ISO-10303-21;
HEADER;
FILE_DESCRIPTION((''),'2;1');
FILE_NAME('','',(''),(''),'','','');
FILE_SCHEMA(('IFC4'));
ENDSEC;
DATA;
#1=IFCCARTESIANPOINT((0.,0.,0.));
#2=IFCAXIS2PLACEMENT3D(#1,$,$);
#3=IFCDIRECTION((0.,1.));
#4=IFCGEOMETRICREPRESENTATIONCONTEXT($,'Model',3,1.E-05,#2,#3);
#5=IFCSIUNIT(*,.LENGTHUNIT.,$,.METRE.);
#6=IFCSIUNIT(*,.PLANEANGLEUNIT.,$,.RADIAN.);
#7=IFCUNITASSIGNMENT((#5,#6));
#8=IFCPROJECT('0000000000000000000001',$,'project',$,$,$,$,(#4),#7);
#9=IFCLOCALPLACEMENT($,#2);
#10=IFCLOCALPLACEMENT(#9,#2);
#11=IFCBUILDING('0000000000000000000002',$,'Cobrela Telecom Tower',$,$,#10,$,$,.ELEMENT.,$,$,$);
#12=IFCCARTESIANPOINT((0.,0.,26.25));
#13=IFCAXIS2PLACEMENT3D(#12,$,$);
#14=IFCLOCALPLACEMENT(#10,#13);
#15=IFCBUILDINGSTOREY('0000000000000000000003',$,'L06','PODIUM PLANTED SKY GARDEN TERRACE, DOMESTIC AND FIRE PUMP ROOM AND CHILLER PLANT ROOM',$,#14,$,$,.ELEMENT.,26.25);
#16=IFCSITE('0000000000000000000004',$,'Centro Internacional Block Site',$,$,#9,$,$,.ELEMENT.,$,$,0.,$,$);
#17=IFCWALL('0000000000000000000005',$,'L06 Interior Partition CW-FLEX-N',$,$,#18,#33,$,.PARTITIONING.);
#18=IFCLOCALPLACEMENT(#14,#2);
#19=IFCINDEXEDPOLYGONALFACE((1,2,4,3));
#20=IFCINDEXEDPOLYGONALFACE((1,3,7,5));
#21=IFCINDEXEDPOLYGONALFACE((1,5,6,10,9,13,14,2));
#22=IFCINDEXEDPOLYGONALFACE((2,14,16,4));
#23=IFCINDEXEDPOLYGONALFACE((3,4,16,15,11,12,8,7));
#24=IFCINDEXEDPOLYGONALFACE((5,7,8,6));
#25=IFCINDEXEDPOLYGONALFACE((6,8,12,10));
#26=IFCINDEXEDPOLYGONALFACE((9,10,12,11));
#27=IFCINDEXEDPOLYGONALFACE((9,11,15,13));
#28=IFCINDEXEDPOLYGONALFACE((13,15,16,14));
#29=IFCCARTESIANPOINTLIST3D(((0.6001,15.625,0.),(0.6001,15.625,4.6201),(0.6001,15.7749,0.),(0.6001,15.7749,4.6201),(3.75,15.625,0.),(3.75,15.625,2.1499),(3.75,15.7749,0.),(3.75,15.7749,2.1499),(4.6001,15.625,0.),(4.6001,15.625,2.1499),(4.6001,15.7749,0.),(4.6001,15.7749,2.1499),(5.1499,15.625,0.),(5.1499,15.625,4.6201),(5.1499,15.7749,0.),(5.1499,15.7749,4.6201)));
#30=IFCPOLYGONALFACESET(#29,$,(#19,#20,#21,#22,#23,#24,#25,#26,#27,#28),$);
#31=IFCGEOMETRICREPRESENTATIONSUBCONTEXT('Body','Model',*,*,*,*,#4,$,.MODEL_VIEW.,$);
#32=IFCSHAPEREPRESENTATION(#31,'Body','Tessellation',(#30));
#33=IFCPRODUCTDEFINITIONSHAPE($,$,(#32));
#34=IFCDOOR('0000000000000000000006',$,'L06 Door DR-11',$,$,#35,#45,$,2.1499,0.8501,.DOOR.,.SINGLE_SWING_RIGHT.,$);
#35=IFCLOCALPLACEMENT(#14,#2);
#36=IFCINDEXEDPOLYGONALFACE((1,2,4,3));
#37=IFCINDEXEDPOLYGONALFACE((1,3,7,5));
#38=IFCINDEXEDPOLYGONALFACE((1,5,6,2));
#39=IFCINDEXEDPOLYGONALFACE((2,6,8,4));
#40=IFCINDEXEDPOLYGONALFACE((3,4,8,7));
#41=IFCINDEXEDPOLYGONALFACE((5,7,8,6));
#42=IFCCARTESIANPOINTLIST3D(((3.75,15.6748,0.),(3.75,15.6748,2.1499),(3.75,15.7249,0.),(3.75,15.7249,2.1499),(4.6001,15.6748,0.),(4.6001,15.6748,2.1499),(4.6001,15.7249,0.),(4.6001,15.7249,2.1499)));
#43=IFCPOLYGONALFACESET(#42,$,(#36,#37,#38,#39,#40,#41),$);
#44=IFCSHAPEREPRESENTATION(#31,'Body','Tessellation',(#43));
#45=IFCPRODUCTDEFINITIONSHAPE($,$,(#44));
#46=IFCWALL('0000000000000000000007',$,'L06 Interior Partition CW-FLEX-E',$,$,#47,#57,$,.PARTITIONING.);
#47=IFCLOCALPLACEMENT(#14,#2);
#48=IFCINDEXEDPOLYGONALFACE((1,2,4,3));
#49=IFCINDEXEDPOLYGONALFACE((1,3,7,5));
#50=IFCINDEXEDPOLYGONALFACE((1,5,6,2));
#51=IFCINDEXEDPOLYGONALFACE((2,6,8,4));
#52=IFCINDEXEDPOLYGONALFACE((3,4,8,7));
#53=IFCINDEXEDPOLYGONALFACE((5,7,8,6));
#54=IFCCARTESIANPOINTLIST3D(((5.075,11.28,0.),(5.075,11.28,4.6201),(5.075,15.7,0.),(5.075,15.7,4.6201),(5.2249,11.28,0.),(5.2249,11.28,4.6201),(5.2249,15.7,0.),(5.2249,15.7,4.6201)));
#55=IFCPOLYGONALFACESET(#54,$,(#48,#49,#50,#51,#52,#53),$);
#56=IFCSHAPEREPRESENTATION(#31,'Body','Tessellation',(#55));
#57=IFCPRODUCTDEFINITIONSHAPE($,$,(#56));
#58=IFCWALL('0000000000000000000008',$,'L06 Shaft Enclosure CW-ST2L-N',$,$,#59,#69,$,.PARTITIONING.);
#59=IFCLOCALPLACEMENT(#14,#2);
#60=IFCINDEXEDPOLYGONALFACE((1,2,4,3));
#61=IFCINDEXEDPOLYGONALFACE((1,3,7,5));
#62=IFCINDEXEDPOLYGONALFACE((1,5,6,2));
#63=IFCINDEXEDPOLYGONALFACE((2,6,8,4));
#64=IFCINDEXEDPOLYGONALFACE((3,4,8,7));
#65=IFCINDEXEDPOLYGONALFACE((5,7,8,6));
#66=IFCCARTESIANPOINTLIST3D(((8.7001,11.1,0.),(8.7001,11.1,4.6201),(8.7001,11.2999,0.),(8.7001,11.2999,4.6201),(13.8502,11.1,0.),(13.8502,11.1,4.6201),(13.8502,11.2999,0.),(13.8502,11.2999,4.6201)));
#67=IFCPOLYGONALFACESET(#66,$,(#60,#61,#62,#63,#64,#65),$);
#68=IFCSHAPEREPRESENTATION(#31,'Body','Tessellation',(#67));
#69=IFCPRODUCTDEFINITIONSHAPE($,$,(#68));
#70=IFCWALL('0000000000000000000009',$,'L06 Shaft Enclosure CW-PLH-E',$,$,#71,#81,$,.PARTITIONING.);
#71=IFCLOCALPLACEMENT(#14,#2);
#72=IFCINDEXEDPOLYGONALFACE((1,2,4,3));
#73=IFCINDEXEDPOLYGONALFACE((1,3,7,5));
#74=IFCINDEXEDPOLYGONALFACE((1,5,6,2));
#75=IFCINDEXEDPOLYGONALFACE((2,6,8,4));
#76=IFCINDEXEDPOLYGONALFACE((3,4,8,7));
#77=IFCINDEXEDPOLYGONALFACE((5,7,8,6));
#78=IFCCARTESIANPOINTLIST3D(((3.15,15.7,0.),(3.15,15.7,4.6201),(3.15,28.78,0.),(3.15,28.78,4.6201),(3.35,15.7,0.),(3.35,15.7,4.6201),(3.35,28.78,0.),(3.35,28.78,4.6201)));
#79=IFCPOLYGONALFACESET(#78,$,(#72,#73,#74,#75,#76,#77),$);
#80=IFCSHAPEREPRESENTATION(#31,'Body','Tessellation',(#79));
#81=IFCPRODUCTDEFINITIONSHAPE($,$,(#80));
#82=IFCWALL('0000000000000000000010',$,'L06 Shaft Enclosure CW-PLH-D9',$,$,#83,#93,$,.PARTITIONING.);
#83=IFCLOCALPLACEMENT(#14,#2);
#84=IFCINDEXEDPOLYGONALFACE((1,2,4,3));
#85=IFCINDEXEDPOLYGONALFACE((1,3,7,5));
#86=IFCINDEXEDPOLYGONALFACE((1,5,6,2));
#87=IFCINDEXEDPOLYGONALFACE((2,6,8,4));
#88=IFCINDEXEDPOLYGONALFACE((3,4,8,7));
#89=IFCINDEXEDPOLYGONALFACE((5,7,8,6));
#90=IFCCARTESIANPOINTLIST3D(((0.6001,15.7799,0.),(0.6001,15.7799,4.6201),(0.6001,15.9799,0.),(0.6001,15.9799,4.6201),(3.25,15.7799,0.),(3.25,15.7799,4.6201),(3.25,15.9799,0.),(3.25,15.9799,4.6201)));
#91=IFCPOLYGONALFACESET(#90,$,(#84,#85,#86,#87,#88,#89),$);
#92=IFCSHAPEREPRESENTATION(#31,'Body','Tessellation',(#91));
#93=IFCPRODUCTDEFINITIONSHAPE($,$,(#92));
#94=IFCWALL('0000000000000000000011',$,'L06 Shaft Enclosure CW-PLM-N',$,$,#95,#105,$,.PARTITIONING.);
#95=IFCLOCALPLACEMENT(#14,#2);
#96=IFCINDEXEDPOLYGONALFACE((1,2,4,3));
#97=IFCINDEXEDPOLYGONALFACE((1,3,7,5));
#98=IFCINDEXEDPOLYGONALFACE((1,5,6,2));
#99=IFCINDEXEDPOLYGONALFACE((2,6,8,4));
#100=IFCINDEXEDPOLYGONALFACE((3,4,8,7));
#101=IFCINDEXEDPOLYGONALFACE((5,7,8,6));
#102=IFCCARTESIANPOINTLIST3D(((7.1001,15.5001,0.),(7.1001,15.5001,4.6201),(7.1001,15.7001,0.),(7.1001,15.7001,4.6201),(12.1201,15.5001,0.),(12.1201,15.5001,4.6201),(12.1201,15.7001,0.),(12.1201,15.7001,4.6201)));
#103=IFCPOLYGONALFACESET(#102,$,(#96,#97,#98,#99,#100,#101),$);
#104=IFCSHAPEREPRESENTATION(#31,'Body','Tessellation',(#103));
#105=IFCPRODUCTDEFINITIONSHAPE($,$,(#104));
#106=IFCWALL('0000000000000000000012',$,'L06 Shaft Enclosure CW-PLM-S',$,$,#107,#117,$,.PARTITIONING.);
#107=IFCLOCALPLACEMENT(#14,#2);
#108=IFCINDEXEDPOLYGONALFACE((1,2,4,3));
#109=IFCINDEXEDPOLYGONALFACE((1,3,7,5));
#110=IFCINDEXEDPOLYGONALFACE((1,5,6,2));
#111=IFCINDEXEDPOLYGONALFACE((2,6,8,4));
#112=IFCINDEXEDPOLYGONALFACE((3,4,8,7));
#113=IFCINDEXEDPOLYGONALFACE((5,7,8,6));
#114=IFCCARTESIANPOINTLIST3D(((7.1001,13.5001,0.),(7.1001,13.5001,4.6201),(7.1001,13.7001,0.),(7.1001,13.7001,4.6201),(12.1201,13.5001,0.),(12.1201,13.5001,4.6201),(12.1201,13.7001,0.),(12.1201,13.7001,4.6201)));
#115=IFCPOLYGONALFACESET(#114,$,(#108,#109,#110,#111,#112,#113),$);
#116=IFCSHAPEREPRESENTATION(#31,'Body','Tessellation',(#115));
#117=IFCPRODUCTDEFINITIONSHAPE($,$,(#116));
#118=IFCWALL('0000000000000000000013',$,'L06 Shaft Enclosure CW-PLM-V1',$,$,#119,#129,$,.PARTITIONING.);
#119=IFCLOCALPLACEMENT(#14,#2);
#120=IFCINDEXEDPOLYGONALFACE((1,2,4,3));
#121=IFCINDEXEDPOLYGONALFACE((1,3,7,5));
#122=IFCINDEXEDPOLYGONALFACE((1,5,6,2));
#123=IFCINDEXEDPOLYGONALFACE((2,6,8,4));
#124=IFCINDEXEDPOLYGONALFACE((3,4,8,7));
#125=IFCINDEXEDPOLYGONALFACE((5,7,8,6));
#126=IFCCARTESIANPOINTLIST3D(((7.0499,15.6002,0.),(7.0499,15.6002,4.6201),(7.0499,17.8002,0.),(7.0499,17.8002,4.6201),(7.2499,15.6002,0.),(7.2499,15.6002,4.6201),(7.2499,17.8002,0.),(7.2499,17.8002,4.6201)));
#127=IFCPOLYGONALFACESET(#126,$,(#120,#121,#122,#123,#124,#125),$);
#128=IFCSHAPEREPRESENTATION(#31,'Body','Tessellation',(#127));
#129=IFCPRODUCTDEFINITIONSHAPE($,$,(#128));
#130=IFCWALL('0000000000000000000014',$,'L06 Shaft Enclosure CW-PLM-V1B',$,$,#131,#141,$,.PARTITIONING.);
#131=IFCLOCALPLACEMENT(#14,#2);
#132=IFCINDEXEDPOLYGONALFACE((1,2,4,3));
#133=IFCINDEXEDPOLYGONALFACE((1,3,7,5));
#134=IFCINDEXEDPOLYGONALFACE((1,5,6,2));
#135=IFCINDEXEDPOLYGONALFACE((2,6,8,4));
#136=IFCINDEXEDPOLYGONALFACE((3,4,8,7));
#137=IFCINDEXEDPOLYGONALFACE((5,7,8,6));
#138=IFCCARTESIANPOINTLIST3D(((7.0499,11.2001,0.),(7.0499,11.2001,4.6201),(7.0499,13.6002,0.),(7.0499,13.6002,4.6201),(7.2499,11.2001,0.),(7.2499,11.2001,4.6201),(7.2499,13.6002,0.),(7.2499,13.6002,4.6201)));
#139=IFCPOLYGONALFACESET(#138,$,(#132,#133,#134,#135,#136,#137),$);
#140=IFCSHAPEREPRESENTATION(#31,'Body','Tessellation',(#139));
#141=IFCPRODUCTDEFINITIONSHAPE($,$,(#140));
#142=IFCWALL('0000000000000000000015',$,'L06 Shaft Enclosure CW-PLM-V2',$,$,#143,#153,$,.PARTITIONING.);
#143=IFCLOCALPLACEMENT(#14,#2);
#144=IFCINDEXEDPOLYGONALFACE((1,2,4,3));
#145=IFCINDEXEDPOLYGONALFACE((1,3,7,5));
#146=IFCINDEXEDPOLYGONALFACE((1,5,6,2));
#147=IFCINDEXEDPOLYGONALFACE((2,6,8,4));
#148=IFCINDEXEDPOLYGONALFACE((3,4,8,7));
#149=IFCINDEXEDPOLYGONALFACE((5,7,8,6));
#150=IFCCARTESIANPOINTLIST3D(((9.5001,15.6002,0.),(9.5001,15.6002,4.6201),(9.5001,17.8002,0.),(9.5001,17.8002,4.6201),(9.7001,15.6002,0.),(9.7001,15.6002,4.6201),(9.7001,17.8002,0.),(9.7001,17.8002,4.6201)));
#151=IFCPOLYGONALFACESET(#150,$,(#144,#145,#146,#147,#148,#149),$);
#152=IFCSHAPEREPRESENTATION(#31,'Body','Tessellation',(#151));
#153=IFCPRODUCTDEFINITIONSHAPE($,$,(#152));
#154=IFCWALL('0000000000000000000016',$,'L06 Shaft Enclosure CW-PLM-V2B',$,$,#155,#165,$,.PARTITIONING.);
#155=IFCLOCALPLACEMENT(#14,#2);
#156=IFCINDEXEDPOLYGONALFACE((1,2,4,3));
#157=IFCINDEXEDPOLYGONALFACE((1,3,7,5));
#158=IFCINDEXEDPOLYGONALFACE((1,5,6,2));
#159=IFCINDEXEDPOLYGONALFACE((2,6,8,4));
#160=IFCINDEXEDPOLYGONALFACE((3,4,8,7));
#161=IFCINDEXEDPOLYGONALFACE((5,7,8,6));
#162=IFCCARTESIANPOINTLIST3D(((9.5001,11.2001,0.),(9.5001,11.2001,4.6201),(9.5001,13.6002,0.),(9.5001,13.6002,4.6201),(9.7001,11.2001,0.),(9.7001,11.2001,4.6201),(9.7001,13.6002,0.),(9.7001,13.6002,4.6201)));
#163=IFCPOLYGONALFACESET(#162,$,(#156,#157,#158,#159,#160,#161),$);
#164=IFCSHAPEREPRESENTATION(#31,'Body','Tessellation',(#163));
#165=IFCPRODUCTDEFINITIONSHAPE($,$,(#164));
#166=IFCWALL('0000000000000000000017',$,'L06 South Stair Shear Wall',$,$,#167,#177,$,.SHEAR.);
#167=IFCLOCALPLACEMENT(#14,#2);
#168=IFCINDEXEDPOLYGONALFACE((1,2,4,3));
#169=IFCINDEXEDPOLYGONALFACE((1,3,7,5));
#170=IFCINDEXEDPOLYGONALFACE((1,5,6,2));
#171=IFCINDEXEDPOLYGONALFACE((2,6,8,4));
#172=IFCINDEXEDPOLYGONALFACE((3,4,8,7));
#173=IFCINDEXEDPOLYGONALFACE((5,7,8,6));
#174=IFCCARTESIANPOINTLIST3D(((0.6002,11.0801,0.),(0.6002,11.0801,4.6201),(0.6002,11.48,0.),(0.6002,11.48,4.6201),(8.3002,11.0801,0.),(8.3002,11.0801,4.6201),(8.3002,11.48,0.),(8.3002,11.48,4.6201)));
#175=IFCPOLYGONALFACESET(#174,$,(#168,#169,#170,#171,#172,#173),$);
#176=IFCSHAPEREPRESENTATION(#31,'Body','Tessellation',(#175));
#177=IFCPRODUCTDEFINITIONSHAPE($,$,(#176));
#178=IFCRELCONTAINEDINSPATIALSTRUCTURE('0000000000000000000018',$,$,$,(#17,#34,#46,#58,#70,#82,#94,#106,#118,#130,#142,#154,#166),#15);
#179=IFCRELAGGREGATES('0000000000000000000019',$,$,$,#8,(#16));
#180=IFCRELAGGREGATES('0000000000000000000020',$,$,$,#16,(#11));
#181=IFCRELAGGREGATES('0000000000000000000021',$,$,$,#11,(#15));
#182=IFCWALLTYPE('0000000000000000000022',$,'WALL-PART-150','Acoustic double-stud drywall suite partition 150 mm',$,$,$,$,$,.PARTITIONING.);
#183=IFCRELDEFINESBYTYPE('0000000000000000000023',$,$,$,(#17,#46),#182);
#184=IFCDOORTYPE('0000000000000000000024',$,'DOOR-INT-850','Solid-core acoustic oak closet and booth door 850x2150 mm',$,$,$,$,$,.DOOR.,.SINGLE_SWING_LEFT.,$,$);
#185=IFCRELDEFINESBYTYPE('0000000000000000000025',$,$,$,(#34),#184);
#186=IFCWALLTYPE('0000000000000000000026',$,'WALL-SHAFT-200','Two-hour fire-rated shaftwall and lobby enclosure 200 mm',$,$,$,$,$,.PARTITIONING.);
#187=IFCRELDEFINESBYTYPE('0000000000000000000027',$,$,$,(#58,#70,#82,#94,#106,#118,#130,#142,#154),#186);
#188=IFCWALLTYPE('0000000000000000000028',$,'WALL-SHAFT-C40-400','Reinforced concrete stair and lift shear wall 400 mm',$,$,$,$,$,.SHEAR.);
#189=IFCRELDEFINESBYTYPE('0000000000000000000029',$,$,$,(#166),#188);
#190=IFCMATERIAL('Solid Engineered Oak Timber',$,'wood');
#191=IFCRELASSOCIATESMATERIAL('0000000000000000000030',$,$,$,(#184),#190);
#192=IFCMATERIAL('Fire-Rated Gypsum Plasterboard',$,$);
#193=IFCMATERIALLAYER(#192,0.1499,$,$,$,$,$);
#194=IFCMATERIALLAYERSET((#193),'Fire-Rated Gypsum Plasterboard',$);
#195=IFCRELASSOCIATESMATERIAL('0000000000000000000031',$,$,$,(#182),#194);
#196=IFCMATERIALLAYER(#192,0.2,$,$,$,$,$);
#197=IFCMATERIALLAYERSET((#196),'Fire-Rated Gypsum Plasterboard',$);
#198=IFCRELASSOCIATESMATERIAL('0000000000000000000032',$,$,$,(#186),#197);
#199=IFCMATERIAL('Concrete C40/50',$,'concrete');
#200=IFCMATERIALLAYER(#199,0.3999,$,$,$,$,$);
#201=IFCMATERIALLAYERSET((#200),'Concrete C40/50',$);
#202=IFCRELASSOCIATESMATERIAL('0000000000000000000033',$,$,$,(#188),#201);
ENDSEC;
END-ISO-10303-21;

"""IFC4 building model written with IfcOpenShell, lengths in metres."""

from ifc_helpers import new_model, si_unit, direction, frame, frame_2d, origin, place, context, subcontext, project, spatial, rectangle, extrude, material, layer, layer_set, type_object, element, fill, save


model = new_model("IFC4")

# Units and contexts
model_context = context("Model", 3, precision=1e-05, world=origin(), true_north=direction((0.0, 1.0)))
body_context = subcontext(model_context, "Body", "Model", "MODEL_VIEW")
ifc_project = project(units=[si_unit("LENGTHUNIT", "METRE"), si_unit("PLANEANGLEUNIT", "RADIAN")], contexts=[model_context])

# Site, building, storey
site_placement = place(None, origin())
site = spatial("IfcSite", under=ifc_project, at=site_placement, Name="Centro Internacional Block Site", CompositionType="ELEMENT", RefElevation=0.0)
building_placement = place(site_placement, origin())
building = spatial("IfcBuilding", under=site, at=building_placement, Name="Cobrela Telecom Tower", CompositionType="ELEMENT")
storey_placement = place(building_placement, frame((0.0, 0.0, 26.25)))
storey = spatial("IfcBuildingStorey", under=building, at=storey_placement, Name="L06", Description="PODIUM PLANTED SKY GARDEN TERRACE, DOMESTIC AND FIRE PUMP ROOM AND CHILLER PLANT ROOM", CompositionType="ELEMENT", Elevation=26.25)

# Wall, opening, door
ifc_material_1 = material(Name="Fire-Rated Gypsum Plasterboard")
ifc_material_2 = material(Name="Solid Engineered Oak Timber", Category="wood")
door_type_1 = type_object("IfcDoorType", Name="DOOR-INT-850", Description="Solid-core acoustic oak closet and booth door 850x2150 mm", OperationType="SINGLE_SWING_LEFT", PredefinedType="DOOR", material=ifc_material_2)
ifc_layer_1 = layer(ifc_material_1, 0.1499)
ifc_layer_set_1 = layer_set([ifc_layer_1], Name="Fire-Rated Gypsum Plasterboard")
wall_type_1 = type_object("IfcWallType", Name="WALL-PART-150", Description="Acoustic double-stud drywall suite partition 150 mm", PredefinedType="PARTITIONING", material=ifc_layer_set_1)
wall_1_placement = place(storey_placement, frame((0.6001, 15.7, 0.0), z_axis=(0.0, 0.0, 1.0), x_axis=(1.0, 0.0, 0.0)))
wall_1 = element("IfcWall", 1, at=wall_1_placement, inside=storey, type_object=wall_type_1, Name="L06 Interior Partition CW-FLEX-N", PredefinedType="PARTITIONING", context=body_context, shape_type="SweptSolid", body=[
    extrude(rectangle(XDim=4.5498, YDim=0.1499, at=frame_2d((2.2749, 0.0))), origin(), (0.0, 0.0, 1.0), 4.6201),
])
opening_1_placement = place(wall_1_placement, frame((3.1499, 0.0, 0.0)))
opening_1 = element("IfcOpeningElement", 2, at=opening_1_placement, cuts=wall_1, PredefinedType="OPENING", context=body_context, shape_type="SweptSolid", body=[
    extrude(rectangle(XDim=0.8501, YDim=2.1499, at=frame_2d((0.425, 1.075))), frame((0.0, 0.0869, 0.0), z_axis=(0.0, -1.0, 0.0), x_axis=(1.0, 0.0, 0.0)), (0.0, 0.0, 1.0), 0.1738),
])
door_1_placement = place(opening_1_placement, origin())
door_1 = element("IfcDoor", 3, at=door_1_placement, inside=storey, type_object=door_type_1, Name="L06 Door DR-11", OperationType="SINGLE_SWING_RIGHT", OverallHeight=2.1499, OverallWidth=0.8501, PredefinedType="DOOR", context=body_context, shape_type="SweptSolid", body=[
    extrude(rectangle(XDim=0.8501, YDim=2.1499, at=frame_2d((0.425, 1.075))), frame((0.0, 0.0249, 0.0), z_axis=(0.0, -1.0, 0.0), x_axis=(1.0, 0.0, 0.0)), (0.0, 0.0, 1.0), 0.05),
])
fill(opening_1, door_1)

# Walls
wall_2_placement = place(storey_placement, frame((5.1499, 11.28, 0.0), z_axis=(0.0, 0.0, 1.0), x_axis=(0.0, 1.0, 0.0)))
element("IfcWall", 4, at=wall_2_placement, inside=storey, type_object=wall_type_1, Name="L06 Interior Partition CW-FLEX-E", PredefinedType="PARTITIONING", context=body_context, shape_type="SweptSolid", body=[
    extrude(rectangle(XDim=4.4199, YDim=0.1499, at=frame_2d((2.21, 0.0))), origin(), (0.0, 0.0, 1.0), 4.6201),
])
ifc_layer_2 = layer(ifc_material_1, 0.2)
ifc_layer_set_2 = layer_set([ifc_layer_2], Name="Fire-Rated Gypsum Plasterboard")
wall_type_2 = type_object("IfcWallType", Name="WALL-SHAFT-200", Description="Two-hour fire-rated shaftwall and lobby enclosure 200 mm", PredefinedType="PARTITIONING", material=ifc_layer_set_2)
wall_3_placement = place(storey_placement, frame((8.7, 11.2, 0.0), z_axis=(0.0, 0.0, 1.0), x_axis=(1.0, 0.0, 0.0)))
element("IfcWall", 5, at=wall_3_placement, inside=storey, type_object=wall_type_2, Name="L06 Shaft Enclosure CW-ST2L-N", PredefinedType="PARTITIONING", context=body_context, shape_type="SweptSolid", body=[
    extrude(rectangle(XDim=5.1501, YDim=0.2, at=frame_2d((2.5752, 0.0))), origin(), (0.0, 0.0, 1.0), 4.6201),
])
wall_4_placement = place(storey_placement, frame((3.25, 15.7, 0.0), z_axis=(0.0, 0.0, 1.0), x_axis=(0.0, 1.0, 0.0)))
element("IfcWall", 6, at=wall_4_placement, inside=storey, type_object=wall_type_2, Name="L06 Shaft Enclosure CW-PLH-E", PredefinedType="PARTITIONING", context=body_context, shape_type="SweptSolid", body=[
    extrude(rectangle(XDim=13.0801, YDim=0.2, at=frame_2d((6.54, 0.0))), origin(), (0.0, 0.0, 1.0), 4.6201),
])
wall_5_placement = place(storey_placement, frame((0.6001, 15.8799, 0.0), z_axis=(0.0, 0.0, 1.0), x_axis=(1.0, 0.0, 0.0)))
element("IfcWall", 7, at=wall_5_placement, inside=storey, type_object=wall_type_2, Name="L06 Shaft Enclosure CW-PLH-D9", PredefinedType="PARTITIONING", context=body_context, shape_type="SweptSolid", body=[
    extrude(rectangle(XDim=2.6499, YDim=0.2, at=frame_2d((1.325, 0.0))), origin(), (0.0, 0.0, 1.0), 4.6201),
])
for number, where, z_axis, x_axis, name in (
    (8, (7.1001, 15.6001, 0.0), (0.0, 0.0, 1.0), (1.0, 0.0, 0.0), "L06 Shaft Enclosure CW-PLM-N"),
    (9, (7.1001, 13.6001, 0.0), (0.0, 0.0, 1.0), (1.0, 0.0, 0.0), "L06 Shaft Enclosure CW-PLM-S"),
):
    element("IfcWall", number, at=place(storey_placement, frame(where, z_axis=z_axis, x_axis=x_axis)), inside=storey, type_object=wall_type_2, Name=name, PredefinedType="PARTITIONING", context=body_context, shape_type="SweptSolid", body=[
        extrude(rectangle(XDim=5.02, YDim=0.2, at=frame_2d((2.51, 0.0))), origin(), (0.0, 0.0, 1.0), 4.6201),
    ])
wall_6_placement = place(storey_placement, frame((7.1499, 15.6001, 0.0), z_axis=(0.0, 0.0, 1.0), x_axis=(0.0, 1.0, 0.0)))
element("IfcWall", 10, at=wall_6_placement, inside=storey, type_object=wall_type_2, Name="L06 Shaft Enclosure CW-PLM-V1", PredefinedType="PARTITIONING", context=body_context, shape_type="SweptSolid", body=[
    extrude(rectangle(XDim=2.2, YDim=0.2, at=frame_2d((1.1001, 0.0))), origin(), (0.0, 0.0, 1.0), 4.6201),
])
wall_7_placement = place(storey_placement, frame((7.1499, 11.2, 0.0), z_axis=(0.0, 0.0, 1.0), x_axis=(0.0, 1.0, 0.0)))
element("IfcWall", 11, at=wall_7_placement, inside=storey, type_object=wall_type_2, Name="L06 Shaft Enclosure CW-PLM-V1B", PredefinedType="PARTITIONING", context=body_context, shape_type="SweptSolid", body=[
    extrude(rectangle(XDim=2.4001, YDim=0.2, at=frame_2d((1.2002, 0.0))), origin(), (0.0, 0.0, 1.0), 4.6201),
])
wall_8_placement = place(storey_placement, frame((9.6001, 15.6001, 0.0), z_axis=(0.0, 0.0, 1.0), x_axis=(0.0, 1.0, 0.0)))
element("IfcWall", 12, at=wall_8_placement, inside=storey, type_object=wall_type_2, Name="L06 Shaft Enclosure CW-PLM-V2", PredefinedType="PARTITIONING", context=body_context, shape_type="SweptSolid", body=[
    extrude(rectangle(XDim=2.2, YDim=0.2, at=frame_2d((1.1001, 0.0))), origin(), (0.0, 0.0, 1.0), 4.6201),
])
wall_9_placement = place(storey_placement, frame((9.6001, 11.2, 0.0), z_axis=(0.0, 0.0, 1.0), x_axis=(0.0, 1.0, 0.0)))
element("IfcWall", 13, at=wall_9_placement, inside=storey, type_object=wall_type_2, Name="L06 Shaft Enclosure CW-PLM-V2B", PredefinedType="PARTITIONING", context=body_context, shape_type="SweptSolid", body=[
    extrude(rectangle(XDim=2.4001, YDim=0.2, at=frame_2d((1.2002, 0.0))), origin(), (0.0, 0.0, 1.0), 4.6201),
])
ifc_material_3 = material(Name="Concrete C40/50", Category="concrete")
ifc_layer_3 = layer(ifc_material_3, 0.3999)
ifc_layer_set_3 = layer_set([ifc_layer_3], Name="Concrete C40/50")
wall_type_3 = type_object("IfcWallType", Name="WALL-SHAFT-C40-400", Description="Reinforced concrete stair and lift shear wall 400 mm", PredefinedType="SHEAR", material=ifc_layer_set_3)
wall_10_placement = place(storey_placement, frame((0.6001, 11.28, 0.0), z_axis=(0.0, 0.0, 1.0), x_axis=(1.0, 0.0, 0.0)))
element("IfcWall", 14, at=wall_10_placement, inside=storey, type_object=wall_type_3, Name="L06 South Stair Shear Wall", PredefinedType="SHEAR", context=body_context, shape_type="SweptSolid", body=[
    extrude(rectangle(XDim=7.7, YDim=0.3999, at=frame_2d((3.8501, 0.0))), origin(), (0.0, 0.0, 1.0), 4.6201),
])

save(model, "model.ifc")
